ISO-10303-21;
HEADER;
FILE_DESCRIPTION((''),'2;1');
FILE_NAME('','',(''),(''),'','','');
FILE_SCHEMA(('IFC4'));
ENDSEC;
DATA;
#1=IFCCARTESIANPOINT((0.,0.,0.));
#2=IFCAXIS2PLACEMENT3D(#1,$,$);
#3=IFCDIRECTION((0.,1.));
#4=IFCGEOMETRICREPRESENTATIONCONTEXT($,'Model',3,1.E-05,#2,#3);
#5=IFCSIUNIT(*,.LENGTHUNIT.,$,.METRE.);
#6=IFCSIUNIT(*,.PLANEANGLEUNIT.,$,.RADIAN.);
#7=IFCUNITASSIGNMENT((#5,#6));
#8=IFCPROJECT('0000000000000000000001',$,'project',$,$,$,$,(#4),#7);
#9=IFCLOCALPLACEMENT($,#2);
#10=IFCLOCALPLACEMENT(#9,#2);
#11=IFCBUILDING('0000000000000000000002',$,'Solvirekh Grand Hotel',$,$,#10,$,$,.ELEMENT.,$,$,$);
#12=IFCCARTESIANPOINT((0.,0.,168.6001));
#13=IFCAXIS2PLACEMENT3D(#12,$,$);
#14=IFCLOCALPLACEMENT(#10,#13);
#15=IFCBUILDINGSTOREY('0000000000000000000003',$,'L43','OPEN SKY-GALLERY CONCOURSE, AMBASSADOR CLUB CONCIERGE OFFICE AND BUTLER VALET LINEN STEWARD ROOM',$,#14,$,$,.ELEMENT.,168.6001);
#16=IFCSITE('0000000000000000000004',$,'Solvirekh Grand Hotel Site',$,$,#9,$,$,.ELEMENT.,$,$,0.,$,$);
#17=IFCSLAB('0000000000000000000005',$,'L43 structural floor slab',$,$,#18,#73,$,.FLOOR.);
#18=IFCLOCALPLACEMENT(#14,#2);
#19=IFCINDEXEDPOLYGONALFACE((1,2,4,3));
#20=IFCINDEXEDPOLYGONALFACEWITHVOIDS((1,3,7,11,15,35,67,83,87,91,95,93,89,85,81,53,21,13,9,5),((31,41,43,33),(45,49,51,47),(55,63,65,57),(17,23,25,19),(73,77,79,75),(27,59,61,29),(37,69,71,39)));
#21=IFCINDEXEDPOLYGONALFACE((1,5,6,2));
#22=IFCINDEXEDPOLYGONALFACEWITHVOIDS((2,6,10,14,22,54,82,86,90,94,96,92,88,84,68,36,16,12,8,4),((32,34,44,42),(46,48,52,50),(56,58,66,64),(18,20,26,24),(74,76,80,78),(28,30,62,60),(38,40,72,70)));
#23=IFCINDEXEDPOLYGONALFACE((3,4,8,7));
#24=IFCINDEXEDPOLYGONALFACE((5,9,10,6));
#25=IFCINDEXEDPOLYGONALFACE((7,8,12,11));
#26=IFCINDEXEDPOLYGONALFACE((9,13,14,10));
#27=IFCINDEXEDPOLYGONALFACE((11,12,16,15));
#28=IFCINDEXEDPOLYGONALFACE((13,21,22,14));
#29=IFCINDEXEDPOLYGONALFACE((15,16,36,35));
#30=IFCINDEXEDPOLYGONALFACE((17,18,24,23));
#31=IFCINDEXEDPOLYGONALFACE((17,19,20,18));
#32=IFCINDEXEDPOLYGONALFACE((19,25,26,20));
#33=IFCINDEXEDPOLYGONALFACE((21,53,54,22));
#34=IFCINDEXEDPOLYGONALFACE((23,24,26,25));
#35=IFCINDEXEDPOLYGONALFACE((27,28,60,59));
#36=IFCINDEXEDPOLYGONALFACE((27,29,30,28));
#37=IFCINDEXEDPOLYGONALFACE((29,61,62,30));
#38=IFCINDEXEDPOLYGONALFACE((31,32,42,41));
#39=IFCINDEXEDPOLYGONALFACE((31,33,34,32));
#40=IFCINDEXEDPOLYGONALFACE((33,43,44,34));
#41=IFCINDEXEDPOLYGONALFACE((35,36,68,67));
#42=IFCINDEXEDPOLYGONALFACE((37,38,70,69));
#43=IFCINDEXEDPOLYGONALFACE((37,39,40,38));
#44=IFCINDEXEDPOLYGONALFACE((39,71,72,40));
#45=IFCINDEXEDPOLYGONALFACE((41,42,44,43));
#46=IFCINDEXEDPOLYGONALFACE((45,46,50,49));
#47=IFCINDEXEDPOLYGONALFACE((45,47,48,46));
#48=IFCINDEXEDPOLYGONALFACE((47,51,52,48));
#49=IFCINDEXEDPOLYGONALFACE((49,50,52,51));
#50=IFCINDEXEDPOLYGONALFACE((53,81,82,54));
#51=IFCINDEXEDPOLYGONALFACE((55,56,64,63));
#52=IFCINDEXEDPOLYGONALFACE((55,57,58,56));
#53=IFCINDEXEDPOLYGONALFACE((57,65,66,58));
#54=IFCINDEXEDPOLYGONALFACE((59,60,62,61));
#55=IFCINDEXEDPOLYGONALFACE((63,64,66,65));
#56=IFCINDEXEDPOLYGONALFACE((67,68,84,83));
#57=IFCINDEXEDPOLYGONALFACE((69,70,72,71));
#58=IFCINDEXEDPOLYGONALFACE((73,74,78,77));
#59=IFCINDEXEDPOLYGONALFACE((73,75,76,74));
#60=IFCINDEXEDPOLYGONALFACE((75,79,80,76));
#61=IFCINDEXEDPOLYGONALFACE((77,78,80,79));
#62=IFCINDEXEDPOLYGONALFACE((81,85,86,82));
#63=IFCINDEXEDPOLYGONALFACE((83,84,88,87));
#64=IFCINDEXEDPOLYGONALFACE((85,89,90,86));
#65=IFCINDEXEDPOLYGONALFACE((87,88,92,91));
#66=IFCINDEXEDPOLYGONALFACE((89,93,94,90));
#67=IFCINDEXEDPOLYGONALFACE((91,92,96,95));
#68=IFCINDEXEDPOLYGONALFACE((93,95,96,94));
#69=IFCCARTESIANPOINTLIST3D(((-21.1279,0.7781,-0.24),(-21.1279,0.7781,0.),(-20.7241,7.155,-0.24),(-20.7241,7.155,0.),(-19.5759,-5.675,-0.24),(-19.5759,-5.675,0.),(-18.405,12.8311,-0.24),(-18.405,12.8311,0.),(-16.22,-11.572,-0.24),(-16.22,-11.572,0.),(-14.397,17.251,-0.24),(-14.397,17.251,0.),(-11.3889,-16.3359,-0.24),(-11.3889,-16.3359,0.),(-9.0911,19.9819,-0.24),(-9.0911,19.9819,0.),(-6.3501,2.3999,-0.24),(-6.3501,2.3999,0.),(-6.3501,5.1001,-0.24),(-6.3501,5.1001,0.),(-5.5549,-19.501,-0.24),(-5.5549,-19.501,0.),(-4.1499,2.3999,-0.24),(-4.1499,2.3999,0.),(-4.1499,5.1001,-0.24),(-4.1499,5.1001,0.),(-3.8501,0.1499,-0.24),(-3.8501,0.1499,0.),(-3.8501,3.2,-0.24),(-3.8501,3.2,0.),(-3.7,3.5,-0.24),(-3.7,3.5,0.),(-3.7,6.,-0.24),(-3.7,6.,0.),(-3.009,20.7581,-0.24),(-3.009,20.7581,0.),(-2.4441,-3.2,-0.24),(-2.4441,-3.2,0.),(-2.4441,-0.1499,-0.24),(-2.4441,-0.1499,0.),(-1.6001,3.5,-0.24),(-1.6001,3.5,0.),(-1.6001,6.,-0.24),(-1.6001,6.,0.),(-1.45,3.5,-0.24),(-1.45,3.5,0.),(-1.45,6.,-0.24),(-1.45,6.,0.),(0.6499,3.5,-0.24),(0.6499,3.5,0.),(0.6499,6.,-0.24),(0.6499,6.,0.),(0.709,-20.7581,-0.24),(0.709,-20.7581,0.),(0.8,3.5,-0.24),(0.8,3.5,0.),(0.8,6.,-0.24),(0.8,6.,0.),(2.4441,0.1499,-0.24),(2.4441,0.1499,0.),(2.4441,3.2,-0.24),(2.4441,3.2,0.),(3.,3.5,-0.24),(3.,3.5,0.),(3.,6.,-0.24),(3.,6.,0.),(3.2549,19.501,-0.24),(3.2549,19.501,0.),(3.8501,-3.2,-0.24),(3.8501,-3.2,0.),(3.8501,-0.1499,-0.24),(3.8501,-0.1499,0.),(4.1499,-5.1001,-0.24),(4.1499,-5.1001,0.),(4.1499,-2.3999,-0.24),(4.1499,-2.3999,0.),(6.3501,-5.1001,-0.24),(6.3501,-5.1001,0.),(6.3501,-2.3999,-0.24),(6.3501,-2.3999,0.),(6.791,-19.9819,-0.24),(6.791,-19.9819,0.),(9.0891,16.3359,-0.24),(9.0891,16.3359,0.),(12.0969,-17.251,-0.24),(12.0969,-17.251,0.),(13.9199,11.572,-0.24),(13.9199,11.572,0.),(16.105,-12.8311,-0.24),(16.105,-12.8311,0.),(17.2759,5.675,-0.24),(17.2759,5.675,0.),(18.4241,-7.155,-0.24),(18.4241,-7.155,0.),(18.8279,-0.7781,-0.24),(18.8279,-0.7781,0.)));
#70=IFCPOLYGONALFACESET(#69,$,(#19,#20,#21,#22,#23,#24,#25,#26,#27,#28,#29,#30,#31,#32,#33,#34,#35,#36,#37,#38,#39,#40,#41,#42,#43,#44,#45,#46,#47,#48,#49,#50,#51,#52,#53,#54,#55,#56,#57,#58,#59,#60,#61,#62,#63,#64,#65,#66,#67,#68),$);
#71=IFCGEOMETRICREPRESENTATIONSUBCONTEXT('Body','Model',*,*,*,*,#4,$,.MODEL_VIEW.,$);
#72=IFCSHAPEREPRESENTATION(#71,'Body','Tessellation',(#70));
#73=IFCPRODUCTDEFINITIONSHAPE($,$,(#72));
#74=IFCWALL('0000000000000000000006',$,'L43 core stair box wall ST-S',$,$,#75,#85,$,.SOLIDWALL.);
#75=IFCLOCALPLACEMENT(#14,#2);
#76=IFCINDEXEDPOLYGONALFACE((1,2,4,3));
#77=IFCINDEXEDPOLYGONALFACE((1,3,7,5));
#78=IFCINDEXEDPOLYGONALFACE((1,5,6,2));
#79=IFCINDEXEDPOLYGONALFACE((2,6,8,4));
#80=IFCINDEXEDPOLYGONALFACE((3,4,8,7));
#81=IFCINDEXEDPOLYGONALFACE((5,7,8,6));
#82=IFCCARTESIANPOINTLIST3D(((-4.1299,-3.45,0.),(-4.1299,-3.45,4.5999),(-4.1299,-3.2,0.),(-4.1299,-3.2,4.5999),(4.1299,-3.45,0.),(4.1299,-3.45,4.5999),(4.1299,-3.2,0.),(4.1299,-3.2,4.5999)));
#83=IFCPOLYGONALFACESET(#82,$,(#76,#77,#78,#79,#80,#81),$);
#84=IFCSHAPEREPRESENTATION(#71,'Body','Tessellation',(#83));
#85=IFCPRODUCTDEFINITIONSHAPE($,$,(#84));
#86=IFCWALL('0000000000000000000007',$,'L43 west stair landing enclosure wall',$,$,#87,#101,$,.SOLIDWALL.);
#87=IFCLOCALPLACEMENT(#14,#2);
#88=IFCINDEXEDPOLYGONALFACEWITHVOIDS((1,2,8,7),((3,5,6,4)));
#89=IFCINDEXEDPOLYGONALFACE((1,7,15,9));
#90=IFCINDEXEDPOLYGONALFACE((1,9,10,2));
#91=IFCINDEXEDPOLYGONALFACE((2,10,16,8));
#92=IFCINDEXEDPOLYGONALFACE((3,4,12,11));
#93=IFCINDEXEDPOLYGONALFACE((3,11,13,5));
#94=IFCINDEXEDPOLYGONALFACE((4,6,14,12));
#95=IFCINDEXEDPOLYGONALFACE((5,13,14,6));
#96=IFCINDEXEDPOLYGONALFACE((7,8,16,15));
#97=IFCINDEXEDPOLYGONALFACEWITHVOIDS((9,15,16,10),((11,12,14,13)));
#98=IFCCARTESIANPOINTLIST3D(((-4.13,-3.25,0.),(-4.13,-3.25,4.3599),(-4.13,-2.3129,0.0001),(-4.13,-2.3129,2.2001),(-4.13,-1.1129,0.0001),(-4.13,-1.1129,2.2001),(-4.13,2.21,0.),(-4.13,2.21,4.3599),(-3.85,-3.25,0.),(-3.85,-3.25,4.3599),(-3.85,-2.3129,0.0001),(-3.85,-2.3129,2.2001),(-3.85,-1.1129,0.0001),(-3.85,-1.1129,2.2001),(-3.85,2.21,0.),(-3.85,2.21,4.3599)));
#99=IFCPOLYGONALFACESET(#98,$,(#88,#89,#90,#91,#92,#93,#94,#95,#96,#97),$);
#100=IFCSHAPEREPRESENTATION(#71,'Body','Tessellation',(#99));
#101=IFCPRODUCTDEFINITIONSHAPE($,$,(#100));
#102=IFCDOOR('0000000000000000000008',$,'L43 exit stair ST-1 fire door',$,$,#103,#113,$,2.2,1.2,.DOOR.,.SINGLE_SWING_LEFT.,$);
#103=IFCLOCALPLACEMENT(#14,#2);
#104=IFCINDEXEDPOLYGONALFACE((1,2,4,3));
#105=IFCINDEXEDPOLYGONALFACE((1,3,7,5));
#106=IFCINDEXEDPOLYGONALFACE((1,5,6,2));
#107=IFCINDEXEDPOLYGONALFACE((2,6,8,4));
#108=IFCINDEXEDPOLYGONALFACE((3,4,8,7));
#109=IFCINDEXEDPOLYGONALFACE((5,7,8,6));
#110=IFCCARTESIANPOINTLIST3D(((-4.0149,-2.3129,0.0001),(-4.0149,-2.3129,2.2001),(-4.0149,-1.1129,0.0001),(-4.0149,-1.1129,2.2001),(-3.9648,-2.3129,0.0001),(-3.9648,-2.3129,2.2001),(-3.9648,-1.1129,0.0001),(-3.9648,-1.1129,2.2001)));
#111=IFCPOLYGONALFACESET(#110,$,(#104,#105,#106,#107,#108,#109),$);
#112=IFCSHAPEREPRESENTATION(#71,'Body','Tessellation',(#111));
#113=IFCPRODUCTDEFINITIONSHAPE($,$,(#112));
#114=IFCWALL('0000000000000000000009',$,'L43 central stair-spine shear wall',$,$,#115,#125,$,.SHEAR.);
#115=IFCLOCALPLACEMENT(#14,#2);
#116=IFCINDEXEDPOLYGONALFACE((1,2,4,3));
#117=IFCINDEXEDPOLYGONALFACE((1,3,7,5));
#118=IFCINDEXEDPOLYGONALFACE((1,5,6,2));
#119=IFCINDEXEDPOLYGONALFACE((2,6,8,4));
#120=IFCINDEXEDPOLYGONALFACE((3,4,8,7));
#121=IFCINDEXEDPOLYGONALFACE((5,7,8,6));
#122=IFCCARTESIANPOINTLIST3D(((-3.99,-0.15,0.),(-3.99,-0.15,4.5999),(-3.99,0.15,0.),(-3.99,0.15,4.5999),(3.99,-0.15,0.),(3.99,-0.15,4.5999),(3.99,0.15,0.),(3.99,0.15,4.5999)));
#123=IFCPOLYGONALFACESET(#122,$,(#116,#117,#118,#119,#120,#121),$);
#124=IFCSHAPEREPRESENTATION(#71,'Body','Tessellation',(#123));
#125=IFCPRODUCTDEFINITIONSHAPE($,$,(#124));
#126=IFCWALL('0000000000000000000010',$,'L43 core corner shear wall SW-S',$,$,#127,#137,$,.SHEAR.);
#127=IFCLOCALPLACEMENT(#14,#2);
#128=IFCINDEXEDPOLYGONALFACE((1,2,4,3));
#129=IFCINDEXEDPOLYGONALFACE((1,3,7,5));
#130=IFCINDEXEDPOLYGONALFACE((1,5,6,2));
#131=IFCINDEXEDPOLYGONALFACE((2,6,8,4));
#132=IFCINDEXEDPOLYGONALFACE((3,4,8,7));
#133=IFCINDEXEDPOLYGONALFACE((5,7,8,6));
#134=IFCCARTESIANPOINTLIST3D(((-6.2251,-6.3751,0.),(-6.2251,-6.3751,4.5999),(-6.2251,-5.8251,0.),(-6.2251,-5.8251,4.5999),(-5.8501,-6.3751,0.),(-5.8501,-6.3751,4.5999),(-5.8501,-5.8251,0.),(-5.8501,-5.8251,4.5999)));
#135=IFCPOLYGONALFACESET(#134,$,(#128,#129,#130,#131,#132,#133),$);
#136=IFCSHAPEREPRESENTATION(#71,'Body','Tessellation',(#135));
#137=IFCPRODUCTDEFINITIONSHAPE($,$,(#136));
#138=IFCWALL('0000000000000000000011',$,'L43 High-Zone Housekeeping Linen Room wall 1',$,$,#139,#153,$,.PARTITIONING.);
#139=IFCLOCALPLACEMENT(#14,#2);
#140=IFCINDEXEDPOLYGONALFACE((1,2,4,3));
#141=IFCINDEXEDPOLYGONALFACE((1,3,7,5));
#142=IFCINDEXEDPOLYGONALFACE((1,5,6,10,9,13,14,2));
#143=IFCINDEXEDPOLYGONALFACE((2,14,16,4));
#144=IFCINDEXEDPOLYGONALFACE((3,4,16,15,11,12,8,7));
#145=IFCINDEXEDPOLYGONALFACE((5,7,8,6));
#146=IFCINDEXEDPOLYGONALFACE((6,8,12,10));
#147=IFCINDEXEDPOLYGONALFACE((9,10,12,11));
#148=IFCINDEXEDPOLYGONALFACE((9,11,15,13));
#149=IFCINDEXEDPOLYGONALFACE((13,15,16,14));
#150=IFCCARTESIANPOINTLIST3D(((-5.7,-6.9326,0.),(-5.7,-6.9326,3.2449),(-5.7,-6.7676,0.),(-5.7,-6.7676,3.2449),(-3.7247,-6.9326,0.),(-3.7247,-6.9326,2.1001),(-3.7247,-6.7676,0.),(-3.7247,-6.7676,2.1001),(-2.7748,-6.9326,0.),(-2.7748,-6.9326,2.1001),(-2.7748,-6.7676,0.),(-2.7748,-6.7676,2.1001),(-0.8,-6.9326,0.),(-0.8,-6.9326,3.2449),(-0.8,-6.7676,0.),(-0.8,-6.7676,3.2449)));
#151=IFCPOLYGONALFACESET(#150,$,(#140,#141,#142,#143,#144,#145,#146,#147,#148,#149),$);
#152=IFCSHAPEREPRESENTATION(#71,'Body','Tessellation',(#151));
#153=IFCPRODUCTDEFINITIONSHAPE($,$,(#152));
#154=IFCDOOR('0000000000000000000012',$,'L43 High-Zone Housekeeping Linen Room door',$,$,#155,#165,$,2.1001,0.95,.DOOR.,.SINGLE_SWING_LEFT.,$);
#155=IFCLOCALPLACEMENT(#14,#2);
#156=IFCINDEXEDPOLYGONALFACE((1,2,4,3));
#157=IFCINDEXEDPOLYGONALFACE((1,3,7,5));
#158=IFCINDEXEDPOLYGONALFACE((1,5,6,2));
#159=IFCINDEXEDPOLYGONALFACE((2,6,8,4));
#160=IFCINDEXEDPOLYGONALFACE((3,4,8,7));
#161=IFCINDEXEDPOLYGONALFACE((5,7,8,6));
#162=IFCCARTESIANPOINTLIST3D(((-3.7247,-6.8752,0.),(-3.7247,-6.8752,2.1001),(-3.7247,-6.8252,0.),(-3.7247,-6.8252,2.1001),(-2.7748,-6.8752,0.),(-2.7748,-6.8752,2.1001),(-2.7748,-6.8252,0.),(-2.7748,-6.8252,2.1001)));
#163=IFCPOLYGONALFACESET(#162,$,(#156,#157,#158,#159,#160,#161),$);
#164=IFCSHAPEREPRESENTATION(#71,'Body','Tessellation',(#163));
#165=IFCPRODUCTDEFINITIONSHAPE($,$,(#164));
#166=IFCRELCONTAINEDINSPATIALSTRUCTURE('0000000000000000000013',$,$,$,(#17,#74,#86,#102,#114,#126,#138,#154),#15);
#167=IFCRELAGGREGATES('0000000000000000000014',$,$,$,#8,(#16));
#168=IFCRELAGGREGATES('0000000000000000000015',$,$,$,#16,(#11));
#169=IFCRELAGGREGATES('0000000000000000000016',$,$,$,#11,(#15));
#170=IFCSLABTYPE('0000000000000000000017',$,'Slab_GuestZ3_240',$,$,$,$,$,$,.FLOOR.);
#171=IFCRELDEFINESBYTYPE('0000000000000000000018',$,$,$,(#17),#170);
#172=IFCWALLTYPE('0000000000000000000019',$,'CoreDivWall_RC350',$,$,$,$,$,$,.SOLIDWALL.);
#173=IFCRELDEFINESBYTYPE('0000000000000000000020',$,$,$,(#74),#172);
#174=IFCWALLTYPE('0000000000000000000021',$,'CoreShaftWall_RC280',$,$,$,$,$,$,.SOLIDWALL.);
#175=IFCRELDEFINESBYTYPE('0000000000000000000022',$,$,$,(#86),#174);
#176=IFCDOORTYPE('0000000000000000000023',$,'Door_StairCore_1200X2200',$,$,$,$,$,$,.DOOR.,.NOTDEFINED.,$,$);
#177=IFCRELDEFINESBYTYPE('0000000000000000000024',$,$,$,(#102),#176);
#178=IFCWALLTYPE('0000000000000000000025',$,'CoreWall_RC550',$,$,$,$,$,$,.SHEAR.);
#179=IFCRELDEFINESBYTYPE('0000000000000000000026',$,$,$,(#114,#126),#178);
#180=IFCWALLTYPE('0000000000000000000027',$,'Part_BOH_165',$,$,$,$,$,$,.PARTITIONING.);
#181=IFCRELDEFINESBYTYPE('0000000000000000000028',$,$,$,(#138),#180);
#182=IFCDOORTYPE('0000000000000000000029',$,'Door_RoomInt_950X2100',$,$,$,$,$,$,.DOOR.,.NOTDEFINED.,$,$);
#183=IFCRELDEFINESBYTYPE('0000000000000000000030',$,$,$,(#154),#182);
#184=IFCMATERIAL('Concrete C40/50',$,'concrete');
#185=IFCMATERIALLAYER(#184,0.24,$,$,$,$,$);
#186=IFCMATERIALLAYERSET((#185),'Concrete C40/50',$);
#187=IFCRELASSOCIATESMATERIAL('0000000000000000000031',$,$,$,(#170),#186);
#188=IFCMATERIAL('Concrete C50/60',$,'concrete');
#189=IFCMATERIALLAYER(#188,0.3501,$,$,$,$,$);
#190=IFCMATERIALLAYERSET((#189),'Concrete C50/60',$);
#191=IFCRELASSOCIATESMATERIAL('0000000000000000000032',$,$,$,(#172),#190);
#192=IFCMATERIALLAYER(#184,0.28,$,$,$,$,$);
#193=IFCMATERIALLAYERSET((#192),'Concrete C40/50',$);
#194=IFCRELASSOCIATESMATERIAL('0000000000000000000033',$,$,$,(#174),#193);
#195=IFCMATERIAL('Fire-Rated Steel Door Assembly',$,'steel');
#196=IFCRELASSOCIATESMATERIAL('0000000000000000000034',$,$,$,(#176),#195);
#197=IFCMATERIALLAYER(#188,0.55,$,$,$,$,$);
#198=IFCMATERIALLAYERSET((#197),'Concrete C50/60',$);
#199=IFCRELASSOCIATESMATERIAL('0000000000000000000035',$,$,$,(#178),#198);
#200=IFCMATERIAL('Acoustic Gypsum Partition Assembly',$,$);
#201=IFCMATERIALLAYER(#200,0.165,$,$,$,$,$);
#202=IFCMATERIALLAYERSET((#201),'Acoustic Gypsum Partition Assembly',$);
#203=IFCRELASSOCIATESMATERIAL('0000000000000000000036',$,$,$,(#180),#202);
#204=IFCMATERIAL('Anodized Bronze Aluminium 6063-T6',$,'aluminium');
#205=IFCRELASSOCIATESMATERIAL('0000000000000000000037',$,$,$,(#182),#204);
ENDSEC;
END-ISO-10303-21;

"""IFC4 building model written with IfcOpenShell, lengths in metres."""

from ifc_helpers import new_model, si_unit, direction, frame, frame_2d, origin, place, context, subcontext, project, spatial, polyline, rectangle, outline, extrude, material, layer, layer_set, type_object, element, fill, save


model = new_model("IFC4")

# Units and contexts
model_context = context("Model", 3, precision=1e-05, world=origin(), true_north=direction((0.0, 1.0)))
body_context = subcontext(model_context, "Body", "Model", "MODEL_VIEW")
ifc_project = project(units=[si_unit("LENGTHUNIT", "METRE"), si_unit("PLANEANGLEUNIT", "RADIAN")], contexts=[model_context])

# Site, building, storey
site_placement = place(None, origin())
site = spatial("IfcSite", under=ifc_project, at=site_placement, Name="Solvirekh Grand Hotel Site", CompositionType="ELEMENT", RefElevation=0.0)
building_placement = place(site_placement, origin())
building = spatial("IfcBuilding", under=site, at=building_placement, Name="Solvirekh Grand Hotel", CompositionType="ELEMENT")
storey_placement = place(building_placement, frame((0.0, 0.0, 168.6001)))
storey = spatial("IfcBuildingStorey", under=building, at=storey_placement, Name="L43", Description="OPEN SKY-GALLERY CONCOURSE, AMBASSADOR CLUB CONCIERGE OFFICE AND BUTLER VALET LINEN STEWARD ROOM", CompositionType="ELEMENT", Elevation=168.6001)

# Slab
ifc_material_1 = material(Name="Concrete C40/50", Category="concrete")
ifc_layer_1 = layer(ifc_material_1, 0.24)
ifc_layer_set_1 = layer_set([ifc_layer_1], Name="Concrete C40/50")
slab_type = type_object("IfcSlabType", Name="Slab_GuestZ3_240", PredefinedType="FLOOR", material=ifc_layer_set_1)
slab_placement = place(storey_placement, frame((0.0, 0.0, -0.24)))
element("IfcSlab", 1, at=slab_placement, inside=storey, type_object=slab_type, Name="L43 structural floor slab", PredefinedType="FLOOR", context=body_context, shape_type="SweptSolid", body=[
    extrude(outline(polyline([(12.0969, -17.251), (16.105, -12.8311), (18.4241, -7.155), (18.8279, -0.7781), (17.2759, 5.675), (13.9199, 11.572), (9.0891, 16.3359), (3.2549, 19.501), (-3.009, 20.7581), (-9.0911, 19.9819), (-14.397, 17.251), (-18.405, 12.8311), (-20.7241, 7.155), (-21.1279, 0.7781), (-19.5759, -5.675), (-16.22, -11.572), (-11.3889, -16.3359), (-5.5549, -19.501), (0.709, -20.7581), (6.791, -19.9819), (12.0969, -17.251)]), holes=[polyline([(-2.4441, -0.1499), (3.8501, -0.1499), (3.8501, -3.2), (-2.4441, -3.2), (-2.4441, -0.1499)]), polyline([(2.4441, 0.1499), (-3.8501, 0.1499), (-3.8501, 3.2), (2.4441, 3.2), (2.4441, 0.1499)]), polyline([(-3.7, 6.0), (-1.6001, 6.0), (-1.6001, 3.5), (-3.7, 3.5), (-3.7, 6.0)]), polyline([(-1.45, 6.0), (0.6499, 6.0), (0.6499, 3.5), (-1.45, 3.5), (-1.45, 6.0)]), polyline([(0.8, 6.0), (3.0, 6.0), (3.0, 3.5), (0.8, 3.5), (0.8, 6.0)]), polyline([(-6.3501, 5.1001), (-4.1499, 5.1001), (-4.1499, 2.3999), (-6.3501, 2.3999), (-6.3501, 5.1001)]), polyline([(4.1499, -2.3999), (6.3501, -2.3999), (6.3501, -5.1001), (4.1499, -5.1001), (4.1499, -2.3999)])]), origin(), (0.0, 0.0, 1.0), 0.24),
])

# Wall
ifc_material_2 = material(Name="Concrete C50/60", Category="concrete")
ifc_layer_2 = layer(ifc_material_2, 0.3501)
ifc_layer_set_2 = layer_set([ifc_layer_2], Name="Concrete C50/60")
wall_type_1 = type_object("IfcWallType", Name="CoreDivWall_RC350", PredefinedType="SOLIDWALL", material=ifc_layer_set_2)
wall_1_placement = place(storey_placement, frame((-4.1299, -3.325, 0.0), z_axis=(0.0, 0.0, 1.0), x_axis=(1.0, 0.0, 0.0)))
element("IfcWall", 2, at=wall_1_placement, inside=storey, type_object=wall_type_1, Name="L43 core stair box wall ST-S", PredefinedType="SOLIDWALL", context=body_context, shape_type="SweptSolid", body=[
    extrude(rectangle(XDim=8.2598, YDim=0.25, at=frame_2d((4.1299, 0.0))), origin(), (0.0, 0.0, 1.0), 4.5999),
])

# Wall, opening, door
ifc_layer_3 = layer(ifc_material_1, 0.28)
ifc_layer_set_3 = layer_set([ifc_layer_3], Name="Concrete C40/50")
wall_type_2 = type_object("IfcWallType", Name="CoreShaftWall_RC280", PredefinedType="SOLIDWALL", material=ifc_layer_set_3)
wall_2_placement = place(storey_placement, frame((-3.99, -3.25, 0.0), z_axis=(0.0, 0.0, 1.0), x_axis=(0.0, 1.0, 0.0)))
wall_2 = element("IfcWall", 3, at=wall_2_placement, inside=storey, type_object=wall_type_2, Name="L43 west stair landing enclosure wall", PredefinedType="SOLIDWALL", context=body_context, shape_type="SweptSolid", body=[
    extrude(rectangle(XDim=5.46, YDim=0.28, at=frame_2d((2.73, 0.0))), origin(), (0.0, 0.0, 1.0), 4.3599),
])
opening_1_placement = place(wall_2_placement, frame((0.937, 0.0, 0.0)))
opening_1 = element("IfcOpeningElement", 4, at=opening_1_placement, cuts=wall_2, PredefinedType="OPENING", context=body_context, shape_type="SweptSolid", body=[
    extrude(rectangle(XDim=1.2, YDim=2.2, at=frame_2d((0.6001, 1.1001))), frame((0.0, 0.1499, 0.0), z_axis=(0.0, -1.0, 0.0), x_axis=(1.0, 0.0, 0.0)), (0.0, 0.0, 1.0), 0.3),
])
ifc_material_3 = material(Name="Fire-Rated Steel Door Assembly", Category="steel")
door_type_1 = type_object("IfcDoorType", Name="Door_StairCore_1200X2200", OperationType="NOTDEFINED", PredefinedType="DOOR", material=ifc_material_3)
door_1_placement = place(opening_1_placement, origin())
door_1 = element("IfcDoor", 5, at=door_1_placement, inside=storey, type_object=door_type_1, Name="L43 exit stair ST-1 fire door", OperationType="SINGLE_SWING_LEFT", OverallHeight=2.2, OverallWidth=1.2, PredefinedType="DOOR", context=body_context, shape_type="SweptSolid", body=[
    extrude(rectangle(XDim=1.2, YDim=2.2, at=frame_2d((0.6001, 1.1001))), frame((0.0, 0.0249, 0.0), z_axis=(0.0, -1.0, 0.0), x_axis=(1.0, 0.0, 0.0)), (0.0, 0.0, 1.0), 0.05),
])
fill(opening_1, door_1)

# Walls
ifc_layer_4 = layer(ifc_material_2, 0.55)
ifc_layer_set_4 = layer_set([ifc_layer_4], Name="Concrete C50/60")
wall_type_3 = type_object("IfcWallType", Name="CoreWall_RC550", PredefinedType="SHEAR", material=ifc_layer_set_4)
wall_3_placement = place(storey_placement, frame((-3.99, 0.0, 0.0), z_axis=(0.0, 0.0, 1.0), x_axis=(1.0, 0.0, 0.0)))
element("IfcWall", 6, at=wall_3_placement, inside=storey, type_object=wall_type_3, Name="L43 central stair-spine shear wall", PredefinedType="SHEAR", context=body_context, shape_type="SweptSolid", body=[
    extrude(rectangle(XDim=7.98, YDim=0.3, at=frame_2d((3.99, 0.0))), origin(), (0.0, 0.0, 1.0), 4.5999),
])
wall_4_placement = place(storey_placement, frame((-6.2251, -6.1001, 0.0), z_axis=(0.0, 0.0, 1.0), x_axis=(1.0, 0.0, 0.0)))
element("IfcWall", 7, at=wall_4_placement, inside=storey, type_object=wall_type_3, Name="L43 core corner shear wall SW-S", PredefinedType="SHEAR", context=body_context, shape_type="SweptSolid", body=[
    extrude(rectangle(XDim=0.375, YDim=0.55, at=frame_2d((0.1875, 0.0))), origin(), (0.0, 0.0, 1.0), 4.5999),
])

# Wall, opening, door
ifc_material_4 = material(Name="Acoustic Gypsum Partition Assembly")
ifc_layer_5 = layer(ifc_material_4, 0.165)
ifc_layer_set_5 = layer_set([ifc_layer_5], Name="Acoustic Gypsum Partition Assembly")
wall_type_4 = type_object("IfcWallType", Name="Part_BOH_165", PredefinedType="PARTITIONING", material=ifc_layer_set_5)
wall_5_placement = place(storey_placement, frame((-5.7, -6.8501, 0.0), z_axis=(0.0, 0.0, 1.0), x_axis=(1.0, 0.0, 0.0)))
wall_5 = element("IfcWall", 8, at=wall_5_placement, inside=storey, type_object=wall_type_4, Name="L43 High-Zone Housekeeping Linen Room wall 1", PredefinedType="PARTITIONING", context=body_context, shape_type="SweptSolid", body=[
    extrude(rectangle(XDim=4.8999, YDim=0.165, at=frame_2d((2.45, 0.0))), origin(), (0.0, 0.0, 1.0), 3.2449),
])
opening_2_placement = place(wall_5_placement, frame((1.9751, 0.0, 0.0)))
opening_2 = element("IfcOpeningElement", 9, at=opening_2_placement, cuts=wall_5, PredefinedType="OPENING", context=body_context, shape_type="SweptSolid", body=[
    extrude(rectangle(XDim=0.95, YDim=2.1001, at=frame_2d((0.4751, 1.05))), frame((0.0, 0.0925, 0.0), z_axis=(0.0, -1.0, 0.0), x_axis=(1.0, 0.0, 0.0)), (0.0, 0.0, 1.0), 0.1851),
])
ifc_material_5 = material(Name="Anodized Bronze Aluminium 6063-T6", Category="aluminium")
door_type_2 = type_object("IfcDoorType", Name="Door_RoomInt_950X2100", OperationType="NOTDEFINED", PredefinedType="DOOR", material=ifc_material_5)
door_2_placement = place(opening_2_placement, origin())
door_2 = element("IfcDoor", 10, at=door_2_placement, inside=storey, type_object=door_type_2, Name="L43 High-Zone Housekeeping Linen Room door", OperationType="SINGLE_SWING_LEFT", OverallHeight=2.1001, OverallWidth=0.95, PredefinedType="DOOR", context=body_context, shape_type="SweptSolid", body=[
    extrude(rectangle(XDim=0.95, YDim=2.1001, at=frame_2d((0.4751, 1.05))), frame((0.0, 0.0249, 0.0), z_axis=(0.0, -1.0, 0.0), x_axis=(1.0, 0.0, 0.0)), (0.0, 0.0, 1.0), 0.05),
])
fill(opening_2, door_2)

save(model, "model.ifc")
